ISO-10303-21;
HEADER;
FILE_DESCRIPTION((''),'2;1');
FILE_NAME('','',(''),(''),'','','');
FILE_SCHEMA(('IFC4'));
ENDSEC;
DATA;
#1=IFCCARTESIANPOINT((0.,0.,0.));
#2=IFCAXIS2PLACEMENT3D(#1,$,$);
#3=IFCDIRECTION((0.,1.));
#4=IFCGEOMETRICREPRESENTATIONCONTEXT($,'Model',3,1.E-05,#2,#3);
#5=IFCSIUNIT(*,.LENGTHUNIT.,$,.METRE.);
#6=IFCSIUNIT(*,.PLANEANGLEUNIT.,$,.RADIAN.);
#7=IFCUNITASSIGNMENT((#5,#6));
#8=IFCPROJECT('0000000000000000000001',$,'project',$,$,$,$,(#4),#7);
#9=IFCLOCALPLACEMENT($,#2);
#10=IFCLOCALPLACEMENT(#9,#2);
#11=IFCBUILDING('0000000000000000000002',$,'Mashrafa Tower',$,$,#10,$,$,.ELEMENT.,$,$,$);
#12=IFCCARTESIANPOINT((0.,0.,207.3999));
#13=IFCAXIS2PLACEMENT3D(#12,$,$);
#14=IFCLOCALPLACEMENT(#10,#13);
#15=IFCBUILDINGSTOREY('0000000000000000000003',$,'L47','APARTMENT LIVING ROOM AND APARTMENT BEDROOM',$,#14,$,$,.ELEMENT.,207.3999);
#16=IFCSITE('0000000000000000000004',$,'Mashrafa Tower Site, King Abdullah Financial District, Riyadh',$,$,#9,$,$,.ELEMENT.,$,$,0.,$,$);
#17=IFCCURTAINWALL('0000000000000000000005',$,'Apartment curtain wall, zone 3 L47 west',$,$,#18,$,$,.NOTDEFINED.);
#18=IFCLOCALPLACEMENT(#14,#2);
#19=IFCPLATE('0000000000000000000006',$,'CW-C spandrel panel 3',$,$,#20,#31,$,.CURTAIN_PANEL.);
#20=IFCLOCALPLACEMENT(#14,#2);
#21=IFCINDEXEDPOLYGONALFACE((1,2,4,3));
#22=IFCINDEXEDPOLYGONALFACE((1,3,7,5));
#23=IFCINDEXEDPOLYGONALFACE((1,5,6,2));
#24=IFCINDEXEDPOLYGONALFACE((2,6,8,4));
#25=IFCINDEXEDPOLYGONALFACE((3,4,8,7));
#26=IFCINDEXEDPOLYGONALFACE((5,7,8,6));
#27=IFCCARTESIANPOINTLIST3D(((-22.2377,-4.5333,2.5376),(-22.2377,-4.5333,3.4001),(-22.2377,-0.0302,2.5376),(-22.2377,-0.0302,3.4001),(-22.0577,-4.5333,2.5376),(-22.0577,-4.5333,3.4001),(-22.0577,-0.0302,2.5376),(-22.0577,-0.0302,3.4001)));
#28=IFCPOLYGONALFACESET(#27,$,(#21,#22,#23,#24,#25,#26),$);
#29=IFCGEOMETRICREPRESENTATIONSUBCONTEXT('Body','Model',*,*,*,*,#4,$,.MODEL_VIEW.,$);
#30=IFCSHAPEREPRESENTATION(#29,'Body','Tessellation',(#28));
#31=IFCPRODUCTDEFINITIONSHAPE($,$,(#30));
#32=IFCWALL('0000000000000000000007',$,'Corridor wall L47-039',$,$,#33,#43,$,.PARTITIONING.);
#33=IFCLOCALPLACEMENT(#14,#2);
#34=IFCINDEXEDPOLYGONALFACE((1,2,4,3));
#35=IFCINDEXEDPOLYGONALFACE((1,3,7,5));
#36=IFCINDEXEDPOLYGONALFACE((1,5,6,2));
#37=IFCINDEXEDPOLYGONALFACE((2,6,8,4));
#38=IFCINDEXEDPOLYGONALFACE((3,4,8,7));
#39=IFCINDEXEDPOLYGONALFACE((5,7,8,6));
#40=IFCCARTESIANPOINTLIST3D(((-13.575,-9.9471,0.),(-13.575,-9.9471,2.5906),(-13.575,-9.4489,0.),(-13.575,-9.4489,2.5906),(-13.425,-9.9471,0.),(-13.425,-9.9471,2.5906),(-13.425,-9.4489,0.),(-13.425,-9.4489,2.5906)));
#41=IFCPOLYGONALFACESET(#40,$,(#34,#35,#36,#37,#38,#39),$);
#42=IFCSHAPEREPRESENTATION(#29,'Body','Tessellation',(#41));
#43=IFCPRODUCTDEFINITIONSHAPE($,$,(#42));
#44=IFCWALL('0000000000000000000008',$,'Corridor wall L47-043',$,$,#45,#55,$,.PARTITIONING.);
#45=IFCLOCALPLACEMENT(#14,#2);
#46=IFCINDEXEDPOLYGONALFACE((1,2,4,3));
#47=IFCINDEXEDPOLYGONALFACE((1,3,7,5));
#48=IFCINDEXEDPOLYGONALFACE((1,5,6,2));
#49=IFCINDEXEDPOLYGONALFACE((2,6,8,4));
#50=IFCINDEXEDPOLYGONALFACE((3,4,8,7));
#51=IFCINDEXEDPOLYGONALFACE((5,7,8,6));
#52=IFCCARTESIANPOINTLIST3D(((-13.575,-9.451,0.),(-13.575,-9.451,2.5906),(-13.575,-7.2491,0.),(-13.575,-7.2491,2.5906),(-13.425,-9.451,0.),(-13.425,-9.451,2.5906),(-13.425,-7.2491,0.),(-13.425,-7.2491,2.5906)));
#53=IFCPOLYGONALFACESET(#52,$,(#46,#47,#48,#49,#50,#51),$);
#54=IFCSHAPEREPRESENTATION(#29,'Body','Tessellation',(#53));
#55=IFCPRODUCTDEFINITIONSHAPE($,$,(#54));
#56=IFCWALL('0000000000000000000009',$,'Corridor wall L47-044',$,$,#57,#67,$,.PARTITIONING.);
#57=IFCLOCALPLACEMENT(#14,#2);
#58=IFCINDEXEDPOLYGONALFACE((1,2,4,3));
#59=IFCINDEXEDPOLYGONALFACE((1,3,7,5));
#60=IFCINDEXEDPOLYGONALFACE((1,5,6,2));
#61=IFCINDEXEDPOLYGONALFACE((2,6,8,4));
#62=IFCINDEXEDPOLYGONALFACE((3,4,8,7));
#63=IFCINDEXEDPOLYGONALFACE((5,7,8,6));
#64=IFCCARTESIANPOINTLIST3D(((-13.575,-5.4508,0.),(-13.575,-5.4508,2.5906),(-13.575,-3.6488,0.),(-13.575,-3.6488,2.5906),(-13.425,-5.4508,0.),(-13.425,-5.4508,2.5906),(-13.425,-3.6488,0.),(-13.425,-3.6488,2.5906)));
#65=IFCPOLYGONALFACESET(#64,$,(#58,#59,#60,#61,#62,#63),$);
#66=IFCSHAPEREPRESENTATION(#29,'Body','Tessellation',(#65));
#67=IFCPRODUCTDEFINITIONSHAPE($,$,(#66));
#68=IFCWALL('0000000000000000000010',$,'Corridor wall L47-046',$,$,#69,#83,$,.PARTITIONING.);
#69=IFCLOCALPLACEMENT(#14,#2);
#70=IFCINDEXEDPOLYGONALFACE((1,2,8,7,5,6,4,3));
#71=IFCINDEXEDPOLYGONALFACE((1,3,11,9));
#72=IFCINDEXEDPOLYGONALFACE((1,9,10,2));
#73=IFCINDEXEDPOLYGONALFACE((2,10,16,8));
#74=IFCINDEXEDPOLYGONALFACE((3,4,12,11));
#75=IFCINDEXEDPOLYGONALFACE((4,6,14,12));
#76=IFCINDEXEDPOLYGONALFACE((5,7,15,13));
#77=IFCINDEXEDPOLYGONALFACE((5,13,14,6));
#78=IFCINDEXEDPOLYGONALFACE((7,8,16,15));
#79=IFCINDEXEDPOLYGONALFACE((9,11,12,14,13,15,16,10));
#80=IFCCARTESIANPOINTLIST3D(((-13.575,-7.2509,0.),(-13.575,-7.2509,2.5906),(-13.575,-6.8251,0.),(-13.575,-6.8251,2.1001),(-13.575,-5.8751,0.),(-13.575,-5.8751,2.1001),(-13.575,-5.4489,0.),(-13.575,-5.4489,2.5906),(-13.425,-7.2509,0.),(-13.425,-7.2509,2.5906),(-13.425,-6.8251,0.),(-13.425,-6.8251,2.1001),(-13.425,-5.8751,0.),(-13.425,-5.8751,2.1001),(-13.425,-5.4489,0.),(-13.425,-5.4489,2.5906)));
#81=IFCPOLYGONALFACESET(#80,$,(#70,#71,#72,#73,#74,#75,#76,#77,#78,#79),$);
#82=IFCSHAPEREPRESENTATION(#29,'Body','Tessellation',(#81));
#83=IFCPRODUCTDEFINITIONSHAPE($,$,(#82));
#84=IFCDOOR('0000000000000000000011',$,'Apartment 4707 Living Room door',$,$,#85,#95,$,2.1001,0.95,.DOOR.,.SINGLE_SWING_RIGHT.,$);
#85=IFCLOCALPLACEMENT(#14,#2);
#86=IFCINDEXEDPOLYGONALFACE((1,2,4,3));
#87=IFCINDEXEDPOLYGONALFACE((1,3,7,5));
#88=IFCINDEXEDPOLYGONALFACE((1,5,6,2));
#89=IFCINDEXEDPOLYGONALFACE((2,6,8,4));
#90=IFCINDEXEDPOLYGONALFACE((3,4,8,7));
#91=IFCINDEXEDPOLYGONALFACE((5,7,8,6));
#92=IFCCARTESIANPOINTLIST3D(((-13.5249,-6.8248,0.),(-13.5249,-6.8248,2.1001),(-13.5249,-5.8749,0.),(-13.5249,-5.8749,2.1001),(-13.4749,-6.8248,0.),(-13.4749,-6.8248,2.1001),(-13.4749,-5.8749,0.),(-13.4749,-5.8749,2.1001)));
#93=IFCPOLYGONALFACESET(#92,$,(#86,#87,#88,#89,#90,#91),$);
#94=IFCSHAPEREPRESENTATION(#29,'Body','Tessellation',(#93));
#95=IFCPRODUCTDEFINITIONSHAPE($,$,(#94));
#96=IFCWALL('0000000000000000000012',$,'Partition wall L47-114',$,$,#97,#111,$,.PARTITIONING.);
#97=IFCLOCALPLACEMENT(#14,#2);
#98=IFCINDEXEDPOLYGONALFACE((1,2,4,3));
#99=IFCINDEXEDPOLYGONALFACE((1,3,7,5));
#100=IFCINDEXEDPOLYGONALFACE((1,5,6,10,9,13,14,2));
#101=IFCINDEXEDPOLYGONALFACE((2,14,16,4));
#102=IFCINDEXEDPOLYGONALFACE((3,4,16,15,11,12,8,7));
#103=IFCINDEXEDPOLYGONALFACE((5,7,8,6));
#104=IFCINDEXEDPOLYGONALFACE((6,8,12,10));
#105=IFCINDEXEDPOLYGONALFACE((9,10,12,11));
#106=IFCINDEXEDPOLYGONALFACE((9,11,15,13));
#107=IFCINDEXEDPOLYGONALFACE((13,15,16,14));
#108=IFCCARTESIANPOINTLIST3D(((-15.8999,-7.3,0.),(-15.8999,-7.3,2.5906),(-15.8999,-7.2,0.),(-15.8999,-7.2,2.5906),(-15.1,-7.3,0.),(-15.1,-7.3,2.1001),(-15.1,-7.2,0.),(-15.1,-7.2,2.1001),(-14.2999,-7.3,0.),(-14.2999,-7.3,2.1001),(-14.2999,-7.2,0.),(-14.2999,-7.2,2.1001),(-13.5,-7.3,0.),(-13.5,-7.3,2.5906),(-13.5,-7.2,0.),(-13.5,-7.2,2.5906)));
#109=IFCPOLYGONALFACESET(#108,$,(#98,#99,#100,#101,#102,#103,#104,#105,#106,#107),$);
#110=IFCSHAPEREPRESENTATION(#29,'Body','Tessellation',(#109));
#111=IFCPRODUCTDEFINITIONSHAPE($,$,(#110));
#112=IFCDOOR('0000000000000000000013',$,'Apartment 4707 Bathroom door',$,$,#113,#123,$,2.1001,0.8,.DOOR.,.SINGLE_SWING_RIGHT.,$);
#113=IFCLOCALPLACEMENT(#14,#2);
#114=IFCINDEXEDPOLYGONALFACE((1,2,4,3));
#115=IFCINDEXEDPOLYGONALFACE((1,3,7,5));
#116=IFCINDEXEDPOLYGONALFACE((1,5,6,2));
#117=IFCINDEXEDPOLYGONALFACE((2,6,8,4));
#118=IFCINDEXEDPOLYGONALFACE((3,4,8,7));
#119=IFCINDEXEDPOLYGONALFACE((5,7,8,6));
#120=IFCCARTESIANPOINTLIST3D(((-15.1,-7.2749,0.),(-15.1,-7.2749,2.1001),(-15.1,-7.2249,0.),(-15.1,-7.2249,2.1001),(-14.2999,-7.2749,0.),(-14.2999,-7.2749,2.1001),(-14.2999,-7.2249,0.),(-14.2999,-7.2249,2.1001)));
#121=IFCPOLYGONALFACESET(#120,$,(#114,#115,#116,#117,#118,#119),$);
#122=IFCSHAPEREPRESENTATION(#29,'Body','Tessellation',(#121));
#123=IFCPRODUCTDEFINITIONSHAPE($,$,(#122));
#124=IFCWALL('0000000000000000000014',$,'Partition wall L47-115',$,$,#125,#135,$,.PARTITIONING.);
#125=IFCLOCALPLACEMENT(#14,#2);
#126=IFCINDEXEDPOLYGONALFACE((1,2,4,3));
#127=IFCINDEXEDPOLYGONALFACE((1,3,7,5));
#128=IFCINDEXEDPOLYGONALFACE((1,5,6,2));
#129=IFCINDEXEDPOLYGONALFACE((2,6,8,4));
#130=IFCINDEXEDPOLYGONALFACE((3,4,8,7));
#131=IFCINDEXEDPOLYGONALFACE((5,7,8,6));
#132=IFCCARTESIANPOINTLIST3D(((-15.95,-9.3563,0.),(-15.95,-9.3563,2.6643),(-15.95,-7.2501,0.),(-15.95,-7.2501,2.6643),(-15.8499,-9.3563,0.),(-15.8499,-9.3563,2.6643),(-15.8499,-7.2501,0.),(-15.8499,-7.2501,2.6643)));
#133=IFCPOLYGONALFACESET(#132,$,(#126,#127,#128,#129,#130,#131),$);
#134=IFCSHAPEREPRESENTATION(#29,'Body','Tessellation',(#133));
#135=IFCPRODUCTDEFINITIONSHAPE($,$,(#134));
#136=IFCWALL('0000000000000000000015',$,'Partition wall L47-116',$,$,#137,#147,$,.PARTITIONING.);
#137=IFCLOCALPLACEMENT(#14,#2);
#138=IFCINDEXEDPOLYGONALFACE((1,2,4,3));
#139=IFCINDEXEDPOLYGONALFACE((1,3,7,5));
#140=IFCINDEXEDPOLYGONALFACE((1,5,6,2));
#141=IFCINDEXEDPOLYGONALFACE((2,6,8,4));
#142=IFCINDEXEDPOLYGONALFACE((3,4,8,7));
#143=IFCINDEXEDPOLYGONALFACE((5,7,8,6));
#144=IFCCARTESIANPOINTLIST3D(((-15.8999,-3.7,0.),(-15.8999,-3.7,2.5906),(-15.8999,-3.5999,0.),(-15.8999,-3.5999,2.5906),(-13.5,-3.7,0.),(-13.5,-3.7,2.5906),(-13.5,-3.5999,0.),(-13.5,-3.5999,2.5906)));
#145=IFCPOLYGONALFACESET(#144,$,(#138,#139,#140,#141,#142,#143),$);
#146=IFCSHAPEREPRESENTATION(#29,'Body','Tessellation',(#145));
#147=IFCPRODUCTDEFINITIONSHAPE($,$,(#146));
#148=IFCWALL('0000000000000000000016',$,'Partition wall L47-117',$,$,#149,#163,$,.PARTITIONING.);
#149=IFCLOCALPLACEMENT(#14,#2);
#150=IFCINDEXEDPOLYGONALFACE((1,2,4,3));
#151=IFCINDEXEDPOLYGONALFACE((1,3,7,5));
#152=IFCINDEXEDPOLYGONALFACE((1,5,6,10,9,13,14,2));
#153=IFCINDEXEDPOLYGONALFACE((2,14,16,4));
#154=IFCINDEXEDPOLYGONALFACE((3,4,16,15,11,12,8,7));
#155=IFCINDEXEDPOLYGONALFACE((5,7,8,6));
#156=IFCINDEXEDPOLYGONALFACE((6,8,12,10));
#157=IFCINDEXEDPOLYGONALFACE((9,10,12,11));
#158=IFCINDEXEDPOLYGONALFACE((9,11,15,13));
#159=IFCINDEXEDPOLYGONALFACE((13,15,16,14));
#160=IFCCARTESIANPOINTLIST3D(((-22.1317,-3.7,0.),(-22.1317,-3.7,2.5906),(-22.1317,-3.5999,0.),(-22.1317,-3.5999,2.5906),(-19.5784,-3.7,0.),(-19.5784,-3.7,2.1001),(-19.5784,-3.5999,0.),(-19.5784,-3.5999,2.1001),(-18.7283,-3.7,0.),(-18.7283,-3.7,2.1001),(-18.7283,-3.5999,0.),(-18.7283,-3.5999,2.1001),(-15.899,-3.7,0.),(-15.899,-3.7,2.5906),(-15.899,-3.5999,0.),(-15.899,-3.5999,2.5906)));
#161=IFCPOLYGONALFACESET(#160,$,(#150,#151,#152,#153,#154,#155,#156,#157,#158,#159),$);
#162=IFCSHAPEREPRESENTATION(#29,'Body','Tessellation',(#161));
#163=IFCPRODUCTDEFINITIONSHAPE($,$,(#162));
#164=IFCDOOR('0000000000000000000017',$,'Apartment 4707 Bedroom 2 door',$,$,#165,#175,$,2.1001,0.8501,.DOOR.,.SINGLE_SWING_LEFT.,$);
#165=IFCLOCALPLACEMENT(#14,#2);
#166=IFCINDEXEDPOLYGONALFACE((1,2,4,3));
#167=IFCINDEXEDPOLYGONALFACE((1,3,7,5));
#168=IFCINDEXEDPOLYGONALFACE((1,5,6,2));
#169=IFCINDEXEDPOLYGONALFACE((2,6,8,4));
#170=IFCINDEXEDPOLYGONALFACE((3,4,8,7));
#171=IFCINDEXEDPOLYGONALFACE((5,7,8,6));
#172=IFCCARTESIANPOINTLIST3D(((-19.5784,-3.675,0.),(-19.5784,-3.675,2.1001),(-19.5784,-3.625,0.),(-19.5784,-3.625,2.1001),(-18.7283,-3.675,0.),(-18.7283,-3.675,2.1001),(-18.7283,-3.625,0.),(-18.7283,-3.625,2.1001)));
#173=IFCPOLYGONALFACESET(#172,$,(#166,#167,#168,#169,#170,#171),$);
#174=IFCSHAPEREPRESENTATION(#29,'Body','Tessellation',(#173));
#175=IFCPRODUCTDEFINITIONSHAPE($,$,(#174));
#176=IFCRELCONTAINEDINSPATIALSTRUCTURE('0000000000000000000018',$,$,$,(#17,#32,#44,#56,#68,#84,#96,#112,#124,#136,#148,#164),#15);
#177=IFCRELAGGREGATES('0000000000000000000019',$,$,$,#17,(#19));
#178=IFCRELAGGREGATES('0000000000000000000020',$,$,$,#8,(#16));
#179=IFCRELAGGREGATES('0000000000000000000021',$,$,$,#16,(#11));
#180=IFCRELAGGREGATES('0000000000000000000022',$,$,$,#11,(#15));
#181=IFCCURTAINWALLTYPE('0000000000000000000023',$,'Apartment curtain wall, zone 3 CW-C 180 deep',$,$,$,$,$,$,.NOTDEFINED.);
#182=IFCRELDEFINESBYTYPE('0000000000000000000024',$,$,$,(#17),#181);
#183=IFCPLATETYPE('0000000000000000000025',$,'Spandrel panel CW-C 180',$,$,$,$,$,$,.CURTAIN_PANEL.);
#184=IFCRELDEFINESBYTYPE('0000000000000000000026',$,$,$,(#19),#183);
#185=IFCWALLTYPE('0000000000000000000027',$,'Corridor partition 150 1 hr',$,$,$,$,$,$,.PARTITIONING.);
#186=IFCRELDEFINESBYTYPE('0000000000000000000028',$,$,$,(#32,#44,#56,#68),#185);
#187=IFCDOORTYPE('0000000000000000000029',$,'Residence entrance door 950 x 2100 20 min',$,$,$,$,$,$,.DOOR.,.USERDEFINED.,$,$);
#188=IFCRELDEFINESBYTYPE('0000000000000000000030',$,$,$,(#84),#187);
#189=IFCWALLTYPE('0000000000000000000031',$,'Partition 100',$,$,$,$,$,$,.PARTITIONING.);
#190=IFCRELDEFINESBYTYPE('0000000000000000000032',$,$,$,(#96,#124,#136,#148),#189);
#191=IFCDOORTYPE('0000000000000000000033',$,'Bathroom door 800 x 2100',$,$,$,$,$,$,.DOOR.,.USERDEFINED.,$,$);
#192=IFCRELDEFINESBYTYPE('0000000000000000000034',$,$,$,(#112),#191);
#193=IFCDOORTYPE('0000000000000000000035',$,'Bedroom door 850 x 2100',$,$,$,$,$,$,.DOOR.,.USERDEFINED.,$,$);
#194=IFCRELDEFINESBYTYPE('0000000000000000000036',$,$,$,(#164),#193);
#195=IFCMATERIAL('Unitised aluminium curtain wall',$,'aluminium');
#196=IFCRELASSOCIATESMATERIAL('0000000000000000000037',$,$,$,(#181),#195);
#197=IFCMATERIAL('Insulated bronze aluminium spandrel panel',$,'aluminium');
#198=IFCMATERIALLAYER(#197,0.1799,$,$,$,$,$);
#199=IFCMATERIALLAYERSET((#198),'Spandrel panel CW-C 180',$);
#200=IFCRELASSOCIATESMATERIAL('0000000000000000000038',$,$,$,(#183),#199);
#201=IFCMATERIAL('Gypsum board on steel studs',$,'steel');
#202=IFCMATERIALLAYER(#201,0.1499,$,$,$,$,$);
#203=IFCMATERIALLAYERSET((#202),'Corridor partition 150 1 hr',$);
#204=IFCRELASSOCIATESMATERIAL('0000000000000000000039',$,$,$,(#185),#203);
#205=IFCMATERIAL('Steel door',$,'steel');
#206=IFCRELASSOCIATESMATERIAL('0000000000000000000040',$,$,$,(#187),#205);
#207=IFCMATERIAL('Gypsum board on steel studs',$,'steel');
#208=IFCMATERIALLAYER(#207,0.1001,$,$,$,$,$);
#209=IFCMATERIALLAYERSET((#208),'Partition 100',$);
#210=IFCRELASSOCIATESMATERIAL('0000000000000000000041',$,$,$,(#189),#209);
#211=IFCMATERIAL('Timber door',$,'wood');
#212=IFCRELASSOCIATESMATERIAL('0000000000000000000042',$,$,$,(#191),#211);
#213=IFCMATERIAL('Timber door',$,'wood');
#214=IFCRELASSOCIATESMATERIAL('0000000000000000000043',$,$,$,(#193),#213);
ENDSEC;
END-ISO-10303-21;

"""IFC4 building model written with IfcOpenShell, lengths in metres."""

from ifc_helpers import new_model, si_unit, direction, frame, frame_2d, origin, origin_2d, place, context, subcontext, project, spatial, rectangle, extrude, source, transform, mapped, material, layer, layer_set, type_object, element, fill, aggregate, save


model = new_model("IFC4")

# Units and contexts
model_context = context("Model", 3, precision=1e-05, world=origin(), true_north=direction((0.0, 1.0)))
body_context = subcontext(model_context, "Body", "Model", "MODEL_VIEW")
ifc_project = project(units=[si_unit("LENGTHUNIT", "METRE"), si_unit("PLANEANGLEUNIT", "RADIAN")], contexts=[model_context])

# Site, building, storey
site_placement = place(None, origin())
site = spatial("IfcSite", under=ifc_project, at=site_placement, Name="Mashrafa Tower Site, King Abdullah Financial District, Riyadh", CompositionType="ELEMENT", RefElevation=0.0)
building_placement = place(site_placement, origin())
building = spatial("IfcBuilding", under=site, at=building_placement, Name="Mashrafa Tower", CompositionType="ELEMENT")
storey_placement = place(building_placement, frame((0.0, 0.0, 207.3999)))
storey = spatial("IfcBuildingStorey", under=building, at=storey_placement, Name="L47", Description="APARTMENT LIVING ROOM AND APARTMENT BEDROOM", CompositionType="ELEMENT", Elevation=207.3999)

# Curtain wall
ifc_material_1 = material(Name="Unitised aluminium curtain wall", Category="aluminium")
curtain_wall_type = type_object("IfcCurtainWallType", Name="Apartment curtain wall, zone 3 CW-C 180 deep", PredefinedType="NOTDEFINED", material=ifc_material_1)
curtain_wall_1_placement = place(storey_placement, origin())
curtain_wall_1 = element("IfcCurtainWall", 1, at=curtain_wall_1_placement, inside=storey, type_object=curtain_wall_type, Name="Apartment curtain wall, zone 3 L47 west", PredefinedType="NOTDEFINED")

# Plate
ifc_material_2 = material(Name="Insulated bronze aluminium spandrel panel", Category="aluminium")
ifc_layer_1 = layer(ifc_material_2, 0.1799)
ifc_layer_set_1 = layer_set([ifc_layer_1], Name="Spandrel panel CW-C 180")
plate_type_1 = type_object("IfcPlateType", Name="Spandrel panel CW-C 180", PredefinedType="CURTAIN_PANEL", material=ifc_layer_set_1)
shared_shape_1 = source(origin(), body_context, "Body", "SweptSolid", [
    extrude(rectangle(XDim=4.5032, YDim=0.1799, at=origin_2d()), origin(), (0.0, 0.0, 1.0), 0.8625),
])
plate_1_placement = place(storey_placement, frame((-22.1477, -2.2817, 2.5376), z_axis=(0.0, 0.0, 1.0), x_axis=(0.0, -1.0, 0.0)))
plate_1 = element("IfcPlate", 2, at=plate_1_placement, type_object=plate_type_1, Name="CW-C spandrel panel 3", PredefinedType="CURTAIN_PANEL", context=body_context, shape_type="MappedRepresentation", body=[
    mapped(shared_shape_1, transform((0.0, 0.0, 0.0))),
])
aggregate(curtain_wall_1, [plate_1])

# Walls
ifc_material_3 = material(Name="Gypsum board on steel studs", Category="steel")
ifc_layer_2 = layer(ifc_material_3, 0.1499)
ifc_layer_set_2 = layer_set([ifc_layer_2], Name="Corridor partition 150 1 hr")
wall_type_1 = type_object("IfcWallType", Name="Corridor partition 150 1 hr", PredefinedType="PARTITIONING", material=ifc_layer_set_2)
wall_1_placement = place(storey_placement, frame((-13.5, -9.449, 0.0), z_axis=(0.0, 0.0, 1.0), x_axis=(0.0, -1.0, 0.0)))
element("IfcWall", 3, at=wall_1_placement, inside=storey, type_object=wall_type_1, Name="Corridor wall L47-039", PredefinedType="PARTITIONING", context=body_context, shape_type="SweptSolid", body=[
    extrude(rectangle(XDim=0.4983, YDim=0.1499, at=frame_2d((0.249, 0.0))), origin(), (0.0, 0.0, 1.0), 2.5906),
])
wall_2_placement = place(storey_placement, frame((-13.5, -7.249, 0.0), z_axis=(0.0, 0.0, 1.0), x_axis=(0.0, -1.0, 0.0)))
element("IfcWall", 4, at=wall_2_placement, inside=storey, type_object=wall_type_1, Name="Corridor wall L47-043", PredefinedType="PARTITIONING", context=body_context, shape_type="SweptSolid", body=[
    extrude(rectangle(XDim=2.2019, YDim=0.1499, at=frame_2d((1.1011, 0.0))), origin(), (0.0, 0.0, 1.0), 2.5906),
])
wall_3_placement = place(storey_placement, frame((-13.5, -3.6489, 0.0), z_axis=(0.0, 0.0, 1.0), x_axis=(0.0, -1.0, 0.0)))
element("IfcWall", 5, at=wall_3_placement, inside=storey, type_object=wall_type_1, Name="Corridor wall L47-044", PredefinedType="PARTITIONING", context=body_context, shape_type="SweptSolid", body=[
    extrude(rectangle(XDim=1.802, YDim=0.1499, at=frame_2d((0.9009, 0.0))), origin(), (0.0, 0.0, 1.0), 2.5906),
])

# Walls, openings, doors
wall_4_placement = place(storey_placement, frame((-13.5, -5.449, 0.0), z_axis=(0.0, 0.0, 1.0), x_axis=(0.0, -1.0, 0.0)))
wall_4 = element("IfcWall", 6, at=wall_4_placement, inside=storey, type_object=wall_type_1, Name="Corridor wall L47-046", PredefinedType="PARTITIONING", context=body_context, shape_type="SweptSolid", body=[
    extrude(rectangle(XDim=1.802, YDim=0.1499, at=frame_2d((0.9009, 0.0))), origin(), (0.0, 0.0, 1.0), 2.5906),
])
opening_1_placement = place(wall_4_placement, frame((0.426, 0.0, 0.0)))
opening_1 = element("IfcOpeningElement", 7, at=opening_1_placement, cuts=wall_4, PredefinedType="OPENING", context=body_context, shape_type="SweptSolid", body=[
    extrude(rectangle(XDim=0.95, YDim=2.1001, at=frame_2d((0.4751, 1.05))), frame((0.0, 0.085, 0.0), z_axis=(0.0, -1.0, 0.0), x_axis=(1.0, 0.0, 0.0)), (0.0, 0.0, 1.0), 0.1699),
])
ifc_material_4 = material(Name="Steel door", Category="steel")
door_type_1 = type_object("IfcDoorType", Name="Residence entrance door 950 x 2100 20 min", OperationType="USERDEFINED", PredefinedType="DOOR", material=ifc_material_4)
door_1_placement = place(opening_1_placement, frame((0.95, 0.0, 0.0), z_axis=(0.0, 0.0, 1.0), x_axis=(-1.0, 0.0, 0.0)))
door_1 = element("IfcDoor", 8, at=door_1_placement, inside=storey, type_object=door_type_1, Name="Apartment 4707 Living Room door", OperationType="SINGLE_SWING_RIGHT", OverallHeight=2.1001, OverallWidth=0.95, PredefinedType="DOOR", context=body_context, shape_type="SweptSolid", body=[
    extrude(rectangle(XDim=0.95, YDim=2.1001, at=frame_2d((0.4751, 1.05))), frame((0.0, 0.0249, 0.0), z_axis=(0.0, -1.0, 0.0), x_axis=(1.0, 0.0, 0.0)), (0.0, 0.0, 1.0), 0.05),
])
fill(opening_1, door_1)
ifc_material_5 = material(Name="Gypsum board on steel studs", Category="steel")
ifc_layer_3 = layer(ifc_material_5, 0.1001)
ifc_layer_set_3 = layer_set([ifc_layer_3], Name="Partition 100")
wall_type_2 = type_object("IfcWallType", Name="Partition 100", PredefinedType="PARTITIONING", material=ifc_layer_set_3)
wall_5_placement = place(storey_placement, frame((-13.5, -7.25, 0.0), z_axis=(0.0, 0.0, 1.0), x_axis=(-1.0, 0.0, 0.0)))
wall_5 = element("IfcWall", 9, at=wall_5_placement, inside=storey, type_object=wall_type_2, Name="Partition wall L47-114", PredefinedType="PARTITIONING", context=body_context, shape_type="SweptSolid", body=[
    extrude(rectangle(XDim=2.3999, YDim=0.1001, at=frame_2d((1.2, 0.0))), origin(), (0.0, 0.0, 1.0), 2.5906),
])
opening_2_placement = place(wall_5_placement, frame((0.8, 0.0, 0.0)))
opening_2 = element("IfcOpeningElement", 10, at=opening_2_placement, cuts=wall_5, PredefinedType="OPENING", context=body_context, shape_type="SweptSolid", body=[
    extrude(rectangle(XDim=0.8, YDim=2.1001, at=frame_2d((0.3999, 1.05))), frame((0.0, 0.0601, 0.0), z_axis=(0.0, -1.0, 0.0), x_axis=(1.0, 0.0, 0.0)), (0.0, 0.0, 1.0), 0.1201),
])
ifc_material_6 = material(Name="Timber door", Category="wood")
door_type_2 = type_object("IfcDoorType", Name="Bathroom door 800 x 2100", OperationType="USERDEFINED", PredefinedType="DOOR", material=ifc_material_6)
door_2_placement = place(opening_2_placement, origin())
door_2 = element("IfcDoor", 11, at=door_2_placement, inside=storey, type_object=door_type_2, Name="Apartment 4707 Bathroom door", OperationType="SINGLE_SWING_RIGHT", OverallHeight=2.1001, OverallWidth=0.8, PredefinedType="DOOR", context=body_context, shape_type="SweptSolid", body=[
    extrude(rectangle(XDim=0.8, YDim=2.1001, at=frame_2d((0.3999, 1.05))), frame((0.0, 0.0249, 0.0), z_axis=(0.0, -1.0, 0.0), x_axis=(1.0, 0.0, 0.0)), (0.0, 0.0, 1.0), 0.05),
])
fill(opening_2, door_2)

# Walls
wall_6_placement = place(storey_placement, frame((-15.8999, -7.25, 0.0), z_axis=(0.0, 0.0, 1.0), x_axis=(0.0, -1.0, 0.0)))
element("IfcWall", 12, at=wall_6_placement, inside=storey, type_object=wall_type_2, Name="Partition wall L47-115", PredefinedType="PARTITIONING", context=body_context, shape_type="SweptSolid", body=[
    extrude(rectangle(XDim=2.1062, YDim=0.1001, at=frame_2d((1.0532, 0.0))), origin(), (0.0, 0.0, 1.0), 2.6643),
])
wall_7_placement = place(storey_placement, frame((-13.5, -3.6499, 0.0), z_axis=(0.0, 0.0, 1.0), x_axis=(-1.0, 0.0, 0.0)))
element("IfcWall", 13, at=wall_7_placement, inside=storey, type_object=wall_type_2, Name="Partition wall L47-116", PredefinedType="PARTITIONING", context=body_context, shape_type="SweptSolid", body=[
    extrude(rectangle(XDim=2.3999, YDim=0.1001, at=frame_2d((1.2, 0.0))), origin(), (0.0, 0.0, 1.0), 2.5906),
])

# Wall, opening, door
wall_8_placement = place(storey_placement, frame((-22.1316, -3.6499, 0.0), z_axis=(0.0, 0.0, 1.0), x_axis=(1.0, 0.0, 0.0)))
wall_8 = element("IfcWall", 14, at=wall_8_placement, inside=storey, type_object=wall_type_2, Name="Partition wall L47-117", PredefinedType="PARTITIONING", context=body_context, shape_type="SweptSolid", body=[
    extrude(rectangle(XDim=6.2327, YDim=0.1001, at=frame_2d((3.1162, 0.0))), origin(), (0.0, 0.0, 1.0), 2.5906),
])
opening_3_placement = place(wall_8_placement, frame((2.5532, 0.0, 0.0)))
opening_3 = element("IfcOpeningElement", 15, at=opening_3_placement, cuts=wall_8, PredefinedType="OPENING", context=body_context, shape_type="SweptSolid", body=[
    extrude(rectangle(XDim=0.8501, YDim=2.1001, at=frame_2d((0.425, 1.05))), frame((0.0, 0.0601, 0.0), z_axis=(0.0, -1.0, 0.0), x_axis=(1.0, 0.0, 0.0)), (0.0, 0.0, 1.0), 0.1201),
])
ifc_material_7 = material(Name="Timber door", Category="wood")
door_type_3 = type_object("IfcDoorType", Name="Bedroom door 850 x 2100", OperationType="USERDEFINED", PredefinedType="DOOR", material=ifc_material_7)
door_3_placement = place(opening_3_placement, origin())
door_3 = element("IfcDoor", 16, at=door_3_placement, inside=storey, type_object=door_type_3, Name="Apartment 4707 Bedroom 2 door", OperationType="SINGLE_SWING_LEFT", OverallHeight=2.1001, OverallWidth=0.8501, PredefinedType="DOOR", context=body_context, shape_type="SweptSolid", body=[
    extrude(rectangle(XDim=0.8501, YDim=2.1001, at=frame_2d((0.425, 1.05))), frame((0.0, 0.0249, 0.0), z_axis=(0.0, -1.0, 0.0), x_axis=(1.0, 0.0, 0.0)), (0.0, 0.0, 1.0), 0.05),
])
fill(opening_3, door_3)

save(model, "model.ifc")
